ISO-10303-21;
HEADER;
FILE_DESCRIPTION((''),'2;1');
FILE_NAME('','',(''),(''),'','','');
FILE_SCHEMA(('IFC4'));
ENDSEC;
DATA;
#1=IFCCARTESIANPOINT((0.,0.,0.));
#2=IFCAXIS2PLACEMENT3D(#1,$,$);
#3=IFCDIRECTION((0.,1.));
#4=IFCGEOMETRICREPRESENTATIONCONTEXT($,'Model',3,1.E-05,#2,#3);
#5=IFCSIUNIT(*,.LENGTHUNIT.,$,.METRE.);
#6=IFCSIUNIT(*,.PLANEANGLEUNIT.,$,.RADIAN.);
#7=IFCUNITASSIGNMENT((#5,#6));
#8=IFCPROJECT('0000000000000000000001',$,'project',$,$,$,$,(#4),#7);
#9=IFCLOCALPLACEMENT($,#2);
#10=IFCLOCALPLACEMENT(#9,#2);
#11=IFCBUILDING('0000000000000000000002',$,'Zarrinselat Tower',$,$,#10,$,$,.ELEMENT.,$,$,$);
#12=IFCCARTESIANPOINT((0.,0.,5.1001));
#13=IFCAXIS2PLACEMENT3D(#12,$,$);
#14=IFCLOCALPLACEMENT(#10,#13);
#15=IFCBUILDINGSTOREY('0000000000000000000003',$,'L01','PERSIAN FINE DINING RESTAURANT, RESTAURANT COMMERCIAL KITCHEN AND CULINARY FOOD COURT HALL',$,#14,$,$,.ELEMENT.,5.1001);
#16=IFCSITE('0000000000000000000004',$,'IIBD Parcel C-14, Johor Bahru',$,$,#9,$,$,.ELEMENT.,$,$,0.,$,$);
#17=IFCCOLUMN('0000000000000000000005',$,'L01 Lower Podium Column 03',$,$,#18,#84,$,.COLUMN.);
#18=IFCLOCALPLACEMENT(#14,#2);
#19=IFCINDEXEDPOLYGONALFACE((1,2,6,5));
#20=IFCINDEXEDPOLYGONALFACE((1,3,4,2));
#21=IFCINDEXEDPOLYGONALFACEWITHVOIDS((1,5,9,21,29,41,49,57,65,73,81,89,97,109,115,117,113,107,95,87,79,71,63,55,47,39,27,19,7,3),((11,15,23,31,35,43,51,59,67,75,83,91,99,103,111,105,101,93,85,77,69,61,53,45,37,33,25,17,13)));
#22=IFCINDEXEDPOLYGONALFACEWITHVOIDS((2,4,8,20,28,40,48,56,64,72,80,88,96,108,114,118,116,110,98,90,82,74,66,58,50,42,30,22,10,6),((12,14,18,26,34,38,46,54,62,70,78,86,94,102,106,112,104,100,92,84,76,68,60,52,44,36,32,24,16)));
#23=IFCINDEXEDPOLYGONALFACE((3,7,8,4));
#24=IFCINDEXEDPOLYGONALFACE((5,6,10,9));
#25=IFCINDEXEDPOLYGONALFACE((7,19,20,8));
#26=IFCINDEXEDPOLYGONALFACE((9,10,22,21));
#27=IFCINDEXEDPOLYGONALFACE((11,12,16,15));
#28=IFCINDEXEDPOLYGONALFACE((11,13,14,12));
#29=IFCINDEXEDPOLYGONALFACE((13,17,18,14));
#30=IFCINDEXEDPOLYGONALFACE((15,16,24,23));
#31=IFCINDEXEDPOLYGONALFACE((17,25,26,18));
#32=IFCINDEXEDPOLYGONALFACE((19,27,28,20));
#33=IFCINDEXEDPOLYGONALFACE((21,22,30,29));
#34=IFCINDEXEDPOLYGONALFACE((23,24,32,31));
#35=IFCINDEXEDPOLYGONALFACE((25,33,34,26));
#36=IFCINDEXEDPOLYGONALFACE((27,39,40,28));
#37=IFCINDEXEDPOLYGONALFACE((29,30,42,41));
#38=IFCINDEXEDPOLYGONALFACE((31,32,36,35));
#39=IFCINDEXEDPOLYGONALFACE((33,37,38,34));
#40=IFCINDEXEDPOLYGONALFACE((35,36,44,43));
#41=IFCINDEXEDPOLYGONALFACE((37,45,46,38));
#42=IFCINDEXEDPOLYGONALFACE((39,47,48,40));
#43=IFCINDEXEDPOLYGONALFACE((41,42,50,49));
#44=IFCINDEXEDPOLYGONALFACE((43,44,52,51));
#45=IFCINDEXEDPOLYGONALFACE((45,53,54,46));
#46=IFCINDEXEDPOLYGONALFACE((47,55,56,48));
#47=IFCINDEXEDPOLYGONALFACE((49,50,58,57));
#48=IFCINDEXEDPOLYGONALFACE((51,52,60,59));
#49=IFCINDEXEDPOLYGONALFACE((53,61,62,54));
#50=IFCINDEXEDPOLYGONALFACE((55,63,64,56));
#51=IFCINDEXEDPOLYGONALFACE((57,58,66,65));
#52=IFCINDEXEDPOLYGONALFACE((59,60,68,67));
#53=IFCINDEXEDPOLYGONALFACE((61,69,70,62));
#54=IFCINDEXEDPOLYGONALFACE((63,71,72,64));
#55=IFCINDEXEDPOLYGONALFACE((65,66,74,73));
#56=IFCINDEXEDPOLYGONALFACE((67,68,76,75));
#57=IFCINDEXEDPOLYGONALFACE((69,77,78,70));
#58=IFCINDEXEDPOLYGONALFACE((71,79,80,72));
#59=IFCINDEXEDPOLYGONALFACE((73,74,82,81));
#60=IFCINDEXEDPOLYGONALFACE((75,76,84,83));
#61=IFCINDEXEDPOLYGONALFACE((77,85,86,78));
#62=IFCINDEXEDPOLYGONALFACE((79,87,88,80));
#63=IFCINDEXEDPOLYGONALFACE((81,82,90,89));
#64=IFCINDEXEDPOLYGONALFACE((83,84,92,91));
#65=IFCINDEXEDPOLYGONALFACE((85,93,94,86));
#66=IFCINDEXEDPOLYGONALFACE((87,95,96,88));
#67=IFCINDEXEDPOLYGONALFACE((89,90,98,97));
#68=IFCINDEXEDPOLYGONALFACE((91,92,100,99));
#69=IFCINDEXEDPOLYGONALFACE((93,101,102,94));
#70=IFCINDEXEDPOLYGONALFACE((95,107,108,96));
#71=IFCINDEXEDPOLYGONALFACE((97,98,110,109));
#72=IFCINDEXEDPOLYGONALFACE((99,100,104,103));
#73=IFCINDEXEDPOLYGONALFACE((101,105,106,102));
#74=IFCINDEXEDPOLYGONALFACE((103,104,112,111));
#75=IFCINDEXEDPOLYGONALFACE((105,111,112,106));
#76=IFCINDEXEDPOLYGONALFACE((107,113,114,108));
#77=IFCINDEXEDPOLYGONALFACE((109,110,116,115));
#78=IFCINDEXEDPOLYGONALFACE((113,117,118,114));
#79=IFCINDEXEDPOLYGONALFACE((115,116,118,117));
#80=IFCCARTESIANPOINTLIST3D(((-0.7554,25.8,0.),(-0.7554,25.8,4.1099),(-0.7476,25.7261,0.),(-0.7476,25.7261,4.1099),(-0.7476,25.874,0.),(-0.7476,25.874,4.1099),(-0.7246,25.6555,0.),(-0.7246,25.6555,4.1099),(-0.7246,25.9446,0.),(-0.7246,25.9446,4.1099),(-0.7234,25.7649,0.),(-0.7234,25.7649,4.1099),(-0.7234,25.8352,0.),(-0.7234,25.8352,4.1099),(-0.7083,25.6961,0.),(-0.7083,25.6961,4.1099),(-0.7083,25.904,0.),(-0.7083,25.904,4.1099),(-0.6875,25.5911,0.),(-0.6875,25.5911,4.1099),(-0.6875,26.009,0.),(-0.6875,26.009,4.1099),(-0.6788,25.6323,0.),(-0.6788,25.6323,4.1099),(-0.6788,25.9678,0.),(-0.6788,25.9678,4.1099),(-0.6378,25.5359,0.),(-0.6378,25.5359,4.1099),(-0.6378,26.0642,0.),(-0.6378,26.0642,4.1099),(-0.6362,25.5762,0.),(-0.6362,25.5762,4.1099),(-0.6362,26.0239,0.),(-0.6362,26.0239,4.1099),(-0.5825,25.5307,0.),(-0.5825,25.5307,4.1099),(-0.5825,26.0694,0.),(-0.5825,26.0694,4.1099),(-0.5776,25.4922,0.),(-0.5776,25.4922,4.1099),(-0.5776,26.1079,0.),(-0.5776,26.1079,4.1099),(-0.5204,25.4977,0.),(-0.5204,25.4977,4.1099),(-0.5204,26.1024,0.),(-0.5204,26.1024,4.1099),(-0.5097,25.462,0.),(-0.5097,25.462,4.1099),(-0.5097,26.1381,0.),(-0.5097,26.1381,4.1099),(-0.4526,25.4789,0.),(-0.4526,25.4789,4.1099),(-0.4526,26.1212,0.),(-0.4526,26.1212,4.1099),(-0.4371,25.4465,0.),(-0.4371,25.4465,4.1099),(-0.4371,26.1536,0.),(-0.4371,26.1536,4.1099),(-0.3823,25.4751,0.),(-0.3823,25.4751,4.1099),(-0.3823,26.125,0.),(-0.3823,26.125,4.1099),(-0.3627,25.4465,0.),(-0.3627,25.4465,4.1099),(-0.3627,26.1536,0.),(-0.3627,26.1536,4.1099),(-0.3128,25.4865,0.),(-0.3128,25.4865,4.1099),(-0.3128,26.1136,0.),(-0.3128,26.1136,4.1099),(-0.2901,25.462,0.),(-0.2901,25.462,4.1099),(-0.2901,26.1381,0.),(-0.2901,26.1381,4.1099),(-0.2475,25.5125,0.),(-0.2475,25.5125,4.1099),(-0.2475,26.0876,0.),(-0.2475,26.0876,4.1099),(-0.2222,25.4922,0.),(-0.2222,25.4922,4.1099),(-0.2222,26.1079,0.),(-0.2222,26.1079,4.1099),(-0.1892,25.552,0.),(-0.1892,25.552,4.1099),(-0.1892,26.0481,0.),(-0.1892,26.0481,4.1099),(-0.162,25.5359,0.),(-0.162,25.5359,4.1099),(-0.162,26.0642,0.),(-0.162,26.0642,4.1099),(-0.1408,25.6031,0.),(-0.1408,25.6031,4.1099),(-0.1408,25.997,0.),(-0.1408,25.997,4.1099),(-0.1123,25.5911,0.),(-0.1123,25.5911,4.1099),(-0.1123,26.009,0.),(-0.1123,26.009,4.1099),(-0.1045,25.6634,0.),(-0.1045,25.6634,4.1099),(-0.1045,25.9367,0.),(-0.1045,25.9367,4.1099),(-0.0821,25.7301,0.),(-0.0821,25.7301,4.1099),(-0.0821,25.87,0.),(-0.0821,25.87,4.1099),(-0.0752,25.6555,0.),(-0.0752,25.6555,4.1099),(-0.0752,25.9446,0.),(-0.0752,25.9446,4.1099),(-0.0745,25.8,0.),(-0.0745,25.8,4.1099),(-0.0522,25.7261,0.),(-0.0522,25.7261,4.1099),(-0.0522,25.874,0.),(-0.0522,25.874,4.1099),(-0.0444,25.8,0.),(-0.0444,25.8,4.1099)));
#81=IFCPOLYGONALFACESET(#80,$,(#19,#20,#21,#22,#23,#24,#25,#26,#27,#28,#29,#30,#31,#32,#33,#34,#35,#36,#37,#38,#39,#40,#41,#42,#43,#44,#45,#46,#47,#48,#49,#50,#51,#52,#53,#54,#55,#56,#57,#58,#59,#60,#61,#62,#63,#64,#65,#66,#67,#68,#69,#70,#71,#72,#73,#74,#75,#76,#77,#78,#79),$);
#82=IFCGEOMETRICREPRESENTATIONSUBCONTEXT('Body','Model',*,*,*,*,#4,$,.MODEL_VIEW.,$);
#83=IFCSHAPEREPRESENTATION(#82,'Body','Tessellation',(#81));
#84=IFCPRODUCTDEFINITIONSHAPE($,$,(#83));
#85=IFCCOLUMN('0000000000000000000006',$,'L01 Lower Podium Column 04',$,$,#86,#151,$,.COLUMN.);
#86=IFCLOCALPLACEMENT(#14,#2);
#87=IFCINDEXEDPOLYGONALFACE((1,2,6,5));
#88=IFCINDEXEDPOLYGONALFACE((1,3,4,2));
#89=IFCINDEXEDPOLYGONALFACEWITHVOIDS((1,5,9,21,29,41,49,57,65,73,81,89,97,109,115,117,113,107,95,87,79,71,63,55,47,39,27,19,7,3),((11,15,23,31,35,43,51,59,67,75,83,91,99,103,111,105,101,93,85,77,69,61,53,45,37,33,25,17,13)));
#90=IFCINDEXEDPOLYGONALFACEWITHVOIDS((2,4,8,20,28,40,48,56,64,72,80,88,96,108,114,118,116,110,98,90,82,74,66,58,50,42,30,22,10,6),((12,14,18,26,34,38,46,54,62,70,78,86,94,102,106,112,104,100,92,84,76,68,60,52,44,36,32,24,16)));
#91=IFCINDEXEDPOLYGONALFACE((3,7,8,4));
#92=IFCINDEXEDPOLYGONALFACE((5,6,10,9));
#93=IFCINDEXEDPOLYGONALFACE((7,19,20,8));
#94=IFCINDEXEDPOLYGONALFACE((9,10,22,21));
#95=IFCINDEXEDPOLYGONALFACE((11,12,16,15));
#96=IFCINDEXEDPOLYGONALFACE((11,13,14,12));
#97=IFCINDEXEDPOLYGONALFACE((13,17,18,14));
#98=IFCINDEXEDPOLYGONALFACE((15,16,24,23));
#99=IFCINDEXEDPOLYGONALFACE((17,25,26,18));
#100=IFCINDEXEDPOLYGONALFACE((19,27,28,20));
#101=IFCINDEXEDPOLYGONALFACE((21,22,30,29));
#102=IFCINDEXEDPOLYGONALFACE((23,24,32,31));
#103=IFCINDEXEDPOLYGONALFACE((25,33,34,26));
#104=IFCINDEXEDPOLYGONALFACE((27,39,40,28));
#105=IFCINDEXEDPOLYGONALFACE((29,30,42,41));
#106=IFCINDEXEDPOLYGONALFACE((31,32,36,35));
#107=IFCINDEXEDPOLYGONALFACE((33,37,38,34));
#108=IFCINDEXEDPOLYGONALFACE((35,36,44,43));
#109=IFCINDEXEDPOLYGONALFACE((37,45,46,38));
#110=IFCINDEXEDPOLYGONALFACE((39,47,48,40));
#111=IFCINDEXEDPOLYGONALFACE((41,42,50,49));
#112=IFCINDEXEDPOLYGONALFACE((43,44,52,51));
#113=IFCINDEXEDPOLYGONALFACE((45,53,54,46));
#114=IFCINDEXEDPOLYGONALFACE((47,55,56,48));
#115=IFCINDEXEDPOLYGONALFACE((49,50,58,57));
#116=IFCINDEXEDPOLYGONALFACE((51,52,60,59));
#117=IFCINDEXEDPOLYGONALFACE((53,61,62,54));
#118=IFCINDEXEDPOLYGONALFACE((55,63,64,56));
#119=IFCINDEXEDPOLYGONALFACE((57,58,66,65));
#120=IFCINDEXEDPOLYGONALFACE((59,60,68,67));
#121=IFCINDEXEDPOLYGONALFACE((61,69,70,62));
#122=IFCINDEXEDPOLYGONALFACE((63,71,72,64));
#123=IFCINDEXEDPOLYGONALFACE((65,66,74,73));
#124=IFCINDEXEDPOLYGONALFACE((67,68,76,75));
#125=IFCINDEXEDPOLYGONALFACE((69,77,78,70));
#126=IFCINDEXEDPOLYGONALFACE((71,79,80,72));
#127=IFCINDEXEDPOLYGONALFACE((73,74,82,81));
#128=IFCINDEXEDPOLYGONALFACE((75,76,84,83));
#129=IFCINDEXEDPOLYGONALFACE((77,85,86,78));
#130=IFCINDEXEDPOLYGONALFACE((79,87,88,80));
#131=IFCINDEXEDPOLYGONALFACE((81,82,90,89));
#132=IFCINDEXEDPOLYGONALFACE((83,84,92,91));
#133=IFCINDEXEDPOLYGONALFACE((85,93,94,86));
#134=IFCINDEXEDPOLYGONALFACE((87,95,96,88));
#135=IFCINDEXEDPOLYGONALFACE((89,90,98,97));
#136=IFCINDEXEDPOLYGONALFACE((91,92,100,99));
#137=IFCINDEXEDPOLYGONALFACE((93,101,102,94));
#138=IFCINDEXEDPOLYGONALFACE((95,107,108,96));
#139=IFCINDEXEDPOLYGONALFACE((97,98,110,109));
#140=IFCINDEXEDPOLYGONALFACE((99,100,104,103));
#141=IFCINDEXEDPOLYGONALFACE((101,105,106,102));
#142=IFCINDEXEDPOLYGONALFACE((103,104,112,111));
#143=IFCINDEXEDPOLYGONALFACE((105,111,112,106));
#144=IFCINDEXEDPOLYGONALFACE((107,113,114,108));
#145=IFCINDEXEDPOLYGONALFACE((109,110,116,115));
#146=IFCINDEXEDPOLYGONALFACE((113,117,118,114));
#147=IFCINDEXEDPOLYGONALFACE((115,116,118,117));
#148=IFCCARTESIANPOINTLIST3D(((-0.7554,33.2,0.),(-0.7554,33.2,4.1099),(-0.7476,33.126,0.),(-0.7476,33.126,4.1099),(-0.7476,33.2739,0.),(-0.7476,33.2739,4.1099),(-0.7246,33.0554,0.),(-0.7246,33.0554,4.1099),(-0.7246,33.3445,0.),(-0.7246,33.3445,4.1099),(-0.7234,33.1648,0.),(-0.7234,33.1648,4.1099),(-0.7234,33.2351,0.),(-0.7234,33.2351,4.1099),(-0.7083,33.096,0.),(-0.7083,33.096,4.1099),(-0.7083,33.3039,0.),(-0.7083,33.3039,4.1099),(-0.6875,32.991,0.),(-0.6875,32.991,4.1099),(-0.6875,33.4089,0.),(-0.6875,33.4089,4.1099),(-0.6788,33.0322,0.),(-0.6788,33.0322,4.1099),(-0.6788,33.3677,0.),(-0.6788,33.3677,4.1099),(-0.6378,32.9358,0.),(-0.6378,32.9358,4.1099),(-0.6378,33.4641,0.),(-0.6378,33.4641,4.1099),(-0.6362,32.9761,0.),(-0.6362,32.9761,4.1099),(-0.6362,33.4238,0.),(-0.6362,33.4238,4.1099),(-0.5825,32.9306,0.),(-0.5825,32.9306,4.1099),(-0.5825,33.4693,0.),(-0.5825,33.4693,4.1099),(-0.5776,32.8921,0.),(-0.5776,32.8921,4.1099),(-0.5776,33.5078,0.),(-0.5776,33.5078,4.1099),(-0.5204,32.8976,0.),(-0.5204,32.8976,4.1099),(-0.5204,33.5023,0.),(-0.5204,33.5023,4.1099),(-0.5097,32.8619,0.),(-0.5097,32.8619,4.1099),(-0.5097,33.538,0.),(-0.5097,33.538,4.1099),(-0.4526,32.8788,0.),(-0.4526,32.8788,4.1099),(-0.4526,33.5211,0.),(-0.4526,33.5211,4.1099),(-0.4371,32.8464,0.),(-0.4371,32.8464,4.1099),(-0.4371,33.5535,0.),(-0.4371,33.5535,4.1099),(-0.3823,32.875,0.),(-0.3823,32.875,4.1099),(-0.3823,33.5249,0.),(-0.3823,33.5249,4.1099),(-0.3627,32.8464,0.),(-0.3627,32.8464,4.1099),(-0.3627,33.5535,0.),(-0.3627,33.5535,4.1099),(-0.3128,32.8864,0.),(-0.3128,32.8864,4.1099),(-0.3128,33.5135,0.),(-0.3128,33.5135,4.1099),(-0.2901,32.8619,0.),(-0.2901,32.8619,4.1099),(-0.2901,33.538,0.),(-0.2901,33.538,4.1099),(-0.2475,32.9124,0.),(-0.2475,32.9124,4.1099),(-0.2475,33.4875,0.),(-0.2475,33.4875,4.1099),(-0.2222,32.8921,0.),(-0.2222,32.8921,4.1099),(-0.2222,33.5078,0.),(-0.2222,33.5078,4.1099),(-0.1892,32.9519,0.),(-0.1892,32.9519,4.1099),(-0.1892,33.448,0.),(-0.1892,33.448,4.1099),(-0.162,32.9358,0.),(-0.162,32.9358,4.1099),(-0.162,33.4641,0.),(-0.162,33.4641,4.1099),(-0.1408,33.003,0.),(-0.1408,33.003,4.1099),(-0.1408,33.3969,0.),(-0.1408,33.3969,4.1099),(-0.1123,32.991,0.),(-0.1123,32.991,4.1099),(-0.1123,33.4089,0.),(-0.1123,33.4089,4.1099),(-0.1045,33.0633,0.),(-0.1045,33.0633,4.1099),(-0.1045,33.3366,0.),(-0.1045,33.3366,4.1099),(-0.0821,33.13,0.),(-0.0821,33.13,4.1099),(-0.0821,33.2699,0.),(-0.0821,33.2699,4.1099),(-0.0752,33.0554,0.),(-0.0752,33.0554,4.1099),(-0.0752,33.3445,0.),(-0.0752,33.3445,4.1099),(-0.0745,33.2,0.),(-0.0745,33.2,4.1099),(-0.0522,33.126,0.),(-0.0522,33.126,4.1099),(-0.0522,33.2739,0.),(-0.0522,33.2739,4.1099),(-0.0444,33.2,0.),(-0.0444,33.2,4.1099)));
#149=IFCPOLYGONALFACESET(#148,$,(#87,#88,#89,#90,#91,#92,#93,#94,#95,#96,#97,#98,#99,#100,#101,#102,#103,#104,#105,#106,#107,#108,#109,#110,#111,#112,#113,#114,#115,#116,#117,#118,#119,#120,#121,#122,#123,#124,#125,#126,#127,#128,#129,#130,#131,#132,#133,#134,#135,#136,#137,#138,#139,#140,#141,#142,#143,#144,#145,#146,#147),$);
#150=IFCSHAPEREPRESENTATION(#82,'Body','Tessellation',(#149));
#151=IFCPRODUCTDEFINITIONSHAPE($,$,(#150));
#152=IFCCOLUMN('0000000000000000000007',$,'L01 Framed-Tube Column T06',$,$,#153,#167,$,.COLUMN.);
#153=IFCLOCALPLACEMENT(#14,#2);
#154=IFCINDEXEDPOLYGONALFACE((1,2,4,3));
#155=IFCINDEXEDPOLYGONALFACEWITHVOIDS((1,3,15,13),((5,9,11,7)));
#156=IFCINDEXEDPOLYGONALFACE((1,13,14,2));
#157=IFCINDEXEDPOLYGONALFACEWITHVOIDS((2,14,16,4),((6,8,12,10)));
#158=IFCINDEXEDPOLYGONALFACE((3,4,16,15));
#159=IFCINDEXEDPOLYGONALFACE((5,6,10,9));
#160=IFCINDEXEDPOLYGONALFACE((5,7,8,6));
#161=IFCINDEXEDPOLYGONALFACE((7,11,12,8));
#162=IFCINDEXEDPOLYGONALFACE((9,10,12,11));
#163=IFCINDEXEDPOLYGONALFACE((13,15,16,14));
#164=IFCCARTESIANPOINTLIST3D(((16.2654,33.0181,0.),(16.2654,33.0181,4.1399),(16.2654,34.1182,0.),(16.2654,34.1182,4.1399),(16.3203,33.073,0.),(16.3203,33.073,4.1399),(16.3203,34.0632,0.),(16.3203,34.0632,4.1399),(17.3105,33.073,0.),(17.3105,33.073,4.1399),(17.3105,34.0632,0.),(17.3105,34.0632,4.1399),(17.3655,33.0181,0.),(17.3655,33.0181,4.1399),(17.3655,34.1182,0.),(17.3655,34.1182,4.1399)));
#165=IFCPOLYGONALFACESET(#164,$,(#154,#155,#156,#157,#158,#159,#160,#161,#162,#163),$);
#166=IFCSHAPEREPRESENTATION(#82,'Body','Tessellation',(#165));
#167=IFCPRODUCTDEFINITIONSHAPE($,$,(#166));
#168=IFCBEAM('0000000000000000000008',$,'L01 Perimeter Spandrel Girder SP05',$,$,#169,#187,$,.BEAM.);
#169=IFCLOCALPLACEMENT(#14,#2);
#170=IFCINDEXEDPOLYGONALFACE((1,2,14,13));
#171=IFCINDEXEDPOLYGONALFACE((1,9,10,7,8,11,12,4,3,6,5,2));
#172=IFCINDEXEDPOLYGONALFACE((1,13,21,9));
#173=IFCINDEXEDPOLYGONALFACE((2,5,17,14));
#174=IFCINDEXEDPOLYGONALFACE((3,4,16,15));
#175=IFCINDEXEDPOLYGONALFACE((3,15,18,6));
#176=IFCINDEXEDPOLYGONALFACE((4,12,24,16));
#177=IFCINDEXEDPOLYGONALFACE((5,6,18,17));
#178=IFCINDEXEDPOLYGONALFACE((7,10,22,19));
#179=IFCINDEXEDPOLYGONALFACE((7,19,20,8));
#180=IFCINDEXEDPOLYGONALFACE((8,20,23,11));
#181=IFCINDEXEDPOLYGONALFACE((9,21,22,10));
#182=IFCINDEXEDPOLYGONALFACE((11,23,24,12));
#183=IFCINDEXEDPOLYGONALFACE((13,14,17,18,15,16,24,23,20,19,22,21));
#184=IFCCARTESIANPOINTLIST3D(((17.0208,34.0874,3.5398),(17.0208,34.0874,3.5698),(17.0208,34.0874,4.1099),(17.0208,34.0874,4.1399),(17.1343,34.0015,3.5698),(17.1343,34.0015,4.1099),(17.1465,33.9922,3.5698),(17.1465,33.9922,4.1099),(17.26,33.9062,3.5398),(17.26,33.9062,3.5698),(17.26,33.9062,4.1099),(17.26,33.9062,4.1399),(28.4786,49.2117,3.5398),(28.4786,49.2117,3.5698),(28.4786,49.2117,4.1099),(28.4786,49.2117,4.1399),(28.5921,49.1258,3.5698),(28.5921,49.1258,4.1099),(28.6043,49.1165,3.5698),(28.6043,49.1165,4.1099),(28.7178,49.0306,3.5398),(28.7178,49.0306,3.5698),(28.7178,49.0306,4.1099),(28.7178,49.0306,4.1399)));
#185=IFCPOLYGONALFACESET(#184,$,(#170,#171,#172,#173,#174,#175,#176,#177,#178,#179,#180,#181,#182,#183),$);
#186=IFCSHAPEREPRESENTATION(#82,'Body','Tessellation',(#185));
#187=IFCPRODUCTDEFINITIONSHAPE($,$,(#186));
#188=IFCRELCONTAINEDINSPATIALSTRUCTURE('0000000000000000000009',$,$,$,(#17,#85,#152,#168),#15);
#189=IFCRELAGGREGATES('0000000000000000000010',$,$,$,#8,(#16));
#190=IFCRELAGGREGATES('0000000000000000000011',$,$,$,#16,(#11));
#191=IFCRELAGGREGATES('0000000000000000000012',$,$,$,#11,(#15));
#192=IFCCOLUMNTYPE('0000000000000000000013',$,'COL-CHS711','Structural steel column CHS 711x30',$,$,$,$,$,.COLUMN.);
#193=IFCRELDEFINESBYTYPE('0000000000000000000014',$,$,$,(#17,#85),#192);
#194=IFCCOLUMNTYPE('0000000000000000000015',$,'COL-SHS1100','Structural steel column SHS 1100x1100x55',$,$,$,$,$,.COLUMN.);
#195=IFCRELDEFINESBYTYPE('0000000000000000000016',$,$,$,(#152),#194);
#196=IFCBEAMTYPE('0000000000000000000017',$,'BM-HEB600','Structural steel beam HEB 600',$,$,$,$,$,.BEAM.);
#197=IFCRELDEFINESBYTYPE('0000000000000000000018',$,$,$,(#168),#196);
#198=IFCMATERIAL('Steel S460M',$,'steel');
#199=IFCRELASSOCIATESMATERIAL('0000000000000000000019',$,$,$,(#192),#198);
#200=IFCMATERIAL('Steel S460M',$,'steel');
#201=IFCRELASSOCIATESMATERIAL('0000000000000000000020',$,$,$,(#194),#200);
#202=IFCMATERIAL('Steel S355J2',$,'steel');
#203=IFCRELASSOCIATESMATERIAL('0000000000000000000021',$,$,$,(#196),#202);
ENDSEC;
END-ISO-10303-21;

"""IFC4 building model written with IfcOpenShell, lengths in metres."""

from ifc_helpers import new_model, si_unit, direction, frame, origin, origin_2d, place, context, subcontext, project, spatial, hollow_rectangle, hollow_circle, i_section, extrude, material, material_profile, profile_set, type_object, element, save


model = new_model("IFC4")

# Units and contexts
model_context = context("Model", 3, precision=1e-05, world=origin(), true_north=direction((0.0, 1.0)))
body_context = subcontext(model_context, "Body", "Model", "MODEL_VIEW")
ifc_project = project(units=[si_unit("LENGTHUNIT", "METRE"), si_unit("PLANEANGLEUNIT", "RADIAN")], contexts=[model_context])

# Site, building, storey
site_placement = place(None, origin())
site = spatial("IfcSite", under=ifc_project, at=site_placement, Name="IIBD Parcel C-14, Johor Bahru", CompositionType="ELEMENT", RefElevation=0.0)
building_placement = place(site_placement, origin())
building = spatial("IfcBuilding", under=site, at=building_placement, Name="Zarrinselat Tower", CompositionType="ELEMENT")
storey_placement = place(building_placement, frame((0.0, 0.0, 5.1001)))
storey = spatial("IfcBuildingStorey", under=building, at=storey_placement, Name="L01", Description="PERSIAN FINE DINING RESTAURANT, RESTAURANT COMMERCIAL KITCHEN AND CULINARY FOOD COURT HALL", CompositionType="ELEMENT", Elevation=5.1001)

# Columns
ifc_material_1 = material(Name="Steel S460M", Category="steel")
ifc_material_profile_1 = material_profile(ifc_material_1, hollow_circle(Radius=0.3555, WallThickness=0.03, at=origin_2d()), Name="CHS 711x30")
ifc_profile_set_1 = profile_set([ifc_material_profile_1], Name="Steel S460M")
column_type_1 = type_object("IfcColumnType", Name="COL-CHS711", Description="Structural steel column CHS 711x30", PredefinedType="COLUMN", material=ifc_profile_set_1)
for number, where, z_axis, x_axis, name in (
    (1, (-0.3999, 25.8, 0.0), (0.0, 0.0, 1.0), (1.0, 0.0, 0.0), "L01 Lower Podium Column 03"),
    (2, (-0.3999, 33.2, 0.0), (0.0, 0.0, 1.0), (1.0, 0.0, 0.0), "L01 Lower Podium Column 04"),
):
    element("IfcColumn", number, at=place(storey_placement, frame(where, z_axis=z_axis, x_axis=x_axis)), inside=storey, type_object=column_type_1, Name=name, PredefinedType="COLUMN", context=body_context, shape_type="SweptSolid", body=[
        extrude(hollow_circle(Radius=0.3555, WallThickness=0.03, at=origin_2d()), origin(), (0.0, 0.0, 1.0), 4.1099),
    ])
ifc_material_2 = material(Name="Steel S460M", Category="steel")
ifc_material_profile_2 = material_profile(ifc_material_2, hollow_rectangle(XDim=1.1001, YDim=1.1001, WallThickness=0.0549, at=origin_2d()), Name="SHS 1100x1100x55")
ifc_profile_set_2 = profile_set([ifc_material_profile_2], Name="Steel S460M")
column_type_2 = type_object("IfcColumnType", Name="COL-SHS1100", Description="Structural steel column SHS 1100x1100x55", PredefinedType="COLUMN", material=ifc_profile_set_2)
column_placement = place(storey_placement, frame((16.8154, 33.5681, 0.0), z_axis=(0.0, 0.0, 1.0), x_axis=(1.0, 0.0, 0.0)))
element("IfcColumn", 3, at=column_placement, inside=storey, type_object=column_type_2, Name="L01 Framed-Tube Column T06", PredefinedType="COLUMN", context=body_context, shape_type="SweptSolid", body=[
    extrude(hollow_rectangle(XDim=1.1001, YDim=1.1001, WallThickness=0.0549, at=origin_2d()), origin(), (0.0, 0.0, 1.0), 4.1399),
])

# Beam
ifc_material_3 = material(Name="Steel S355J2", Category="steel")
ifc_material_profile_3 = material_profile(ifc_material_3, i_section(OverallWidth=0.3, OverallDepth=0.6001, WebThickness=0.0154, FlangeThickness=0.03, at=origin_2d()), Name="HEB 600")
ifc_profile_set_3 = profile_set([ifc_material_profile_3], Name="Steel S355J2")
beam_type_1 = type_object("IfcBeamType", Name="BM-HEB600", Description="Structural steel beam HEB 600", PredefinedType="BEAM", material=ifc_profile_set_3)
beam_1_placement = place(storey_placement, frame((17.1404, 33.9968, 3.8398), z_axis=(0.603857, 0.797093, 0.0), x_axis=(-0.797093, 0.603857, 0.0)))
element("IfcBeam", 4, at=beam_1_placement, inside=storey, type_object=beam_type_1, Name="L01 Perimeter Spandrel Girder SP05", PredefinedType="BEAM", context=body_context, shape_type="SweptSolid", body=[
    extrude(i_section(OverallWidth=0.3, OverallDepth=0.6001, WebThickness=0.0154, FlangeThickness=0.03, at=origin_2d()), origin(), (0.0, 0.0, 1.0), 18.9744),
])

save(model, "model.ifc")
